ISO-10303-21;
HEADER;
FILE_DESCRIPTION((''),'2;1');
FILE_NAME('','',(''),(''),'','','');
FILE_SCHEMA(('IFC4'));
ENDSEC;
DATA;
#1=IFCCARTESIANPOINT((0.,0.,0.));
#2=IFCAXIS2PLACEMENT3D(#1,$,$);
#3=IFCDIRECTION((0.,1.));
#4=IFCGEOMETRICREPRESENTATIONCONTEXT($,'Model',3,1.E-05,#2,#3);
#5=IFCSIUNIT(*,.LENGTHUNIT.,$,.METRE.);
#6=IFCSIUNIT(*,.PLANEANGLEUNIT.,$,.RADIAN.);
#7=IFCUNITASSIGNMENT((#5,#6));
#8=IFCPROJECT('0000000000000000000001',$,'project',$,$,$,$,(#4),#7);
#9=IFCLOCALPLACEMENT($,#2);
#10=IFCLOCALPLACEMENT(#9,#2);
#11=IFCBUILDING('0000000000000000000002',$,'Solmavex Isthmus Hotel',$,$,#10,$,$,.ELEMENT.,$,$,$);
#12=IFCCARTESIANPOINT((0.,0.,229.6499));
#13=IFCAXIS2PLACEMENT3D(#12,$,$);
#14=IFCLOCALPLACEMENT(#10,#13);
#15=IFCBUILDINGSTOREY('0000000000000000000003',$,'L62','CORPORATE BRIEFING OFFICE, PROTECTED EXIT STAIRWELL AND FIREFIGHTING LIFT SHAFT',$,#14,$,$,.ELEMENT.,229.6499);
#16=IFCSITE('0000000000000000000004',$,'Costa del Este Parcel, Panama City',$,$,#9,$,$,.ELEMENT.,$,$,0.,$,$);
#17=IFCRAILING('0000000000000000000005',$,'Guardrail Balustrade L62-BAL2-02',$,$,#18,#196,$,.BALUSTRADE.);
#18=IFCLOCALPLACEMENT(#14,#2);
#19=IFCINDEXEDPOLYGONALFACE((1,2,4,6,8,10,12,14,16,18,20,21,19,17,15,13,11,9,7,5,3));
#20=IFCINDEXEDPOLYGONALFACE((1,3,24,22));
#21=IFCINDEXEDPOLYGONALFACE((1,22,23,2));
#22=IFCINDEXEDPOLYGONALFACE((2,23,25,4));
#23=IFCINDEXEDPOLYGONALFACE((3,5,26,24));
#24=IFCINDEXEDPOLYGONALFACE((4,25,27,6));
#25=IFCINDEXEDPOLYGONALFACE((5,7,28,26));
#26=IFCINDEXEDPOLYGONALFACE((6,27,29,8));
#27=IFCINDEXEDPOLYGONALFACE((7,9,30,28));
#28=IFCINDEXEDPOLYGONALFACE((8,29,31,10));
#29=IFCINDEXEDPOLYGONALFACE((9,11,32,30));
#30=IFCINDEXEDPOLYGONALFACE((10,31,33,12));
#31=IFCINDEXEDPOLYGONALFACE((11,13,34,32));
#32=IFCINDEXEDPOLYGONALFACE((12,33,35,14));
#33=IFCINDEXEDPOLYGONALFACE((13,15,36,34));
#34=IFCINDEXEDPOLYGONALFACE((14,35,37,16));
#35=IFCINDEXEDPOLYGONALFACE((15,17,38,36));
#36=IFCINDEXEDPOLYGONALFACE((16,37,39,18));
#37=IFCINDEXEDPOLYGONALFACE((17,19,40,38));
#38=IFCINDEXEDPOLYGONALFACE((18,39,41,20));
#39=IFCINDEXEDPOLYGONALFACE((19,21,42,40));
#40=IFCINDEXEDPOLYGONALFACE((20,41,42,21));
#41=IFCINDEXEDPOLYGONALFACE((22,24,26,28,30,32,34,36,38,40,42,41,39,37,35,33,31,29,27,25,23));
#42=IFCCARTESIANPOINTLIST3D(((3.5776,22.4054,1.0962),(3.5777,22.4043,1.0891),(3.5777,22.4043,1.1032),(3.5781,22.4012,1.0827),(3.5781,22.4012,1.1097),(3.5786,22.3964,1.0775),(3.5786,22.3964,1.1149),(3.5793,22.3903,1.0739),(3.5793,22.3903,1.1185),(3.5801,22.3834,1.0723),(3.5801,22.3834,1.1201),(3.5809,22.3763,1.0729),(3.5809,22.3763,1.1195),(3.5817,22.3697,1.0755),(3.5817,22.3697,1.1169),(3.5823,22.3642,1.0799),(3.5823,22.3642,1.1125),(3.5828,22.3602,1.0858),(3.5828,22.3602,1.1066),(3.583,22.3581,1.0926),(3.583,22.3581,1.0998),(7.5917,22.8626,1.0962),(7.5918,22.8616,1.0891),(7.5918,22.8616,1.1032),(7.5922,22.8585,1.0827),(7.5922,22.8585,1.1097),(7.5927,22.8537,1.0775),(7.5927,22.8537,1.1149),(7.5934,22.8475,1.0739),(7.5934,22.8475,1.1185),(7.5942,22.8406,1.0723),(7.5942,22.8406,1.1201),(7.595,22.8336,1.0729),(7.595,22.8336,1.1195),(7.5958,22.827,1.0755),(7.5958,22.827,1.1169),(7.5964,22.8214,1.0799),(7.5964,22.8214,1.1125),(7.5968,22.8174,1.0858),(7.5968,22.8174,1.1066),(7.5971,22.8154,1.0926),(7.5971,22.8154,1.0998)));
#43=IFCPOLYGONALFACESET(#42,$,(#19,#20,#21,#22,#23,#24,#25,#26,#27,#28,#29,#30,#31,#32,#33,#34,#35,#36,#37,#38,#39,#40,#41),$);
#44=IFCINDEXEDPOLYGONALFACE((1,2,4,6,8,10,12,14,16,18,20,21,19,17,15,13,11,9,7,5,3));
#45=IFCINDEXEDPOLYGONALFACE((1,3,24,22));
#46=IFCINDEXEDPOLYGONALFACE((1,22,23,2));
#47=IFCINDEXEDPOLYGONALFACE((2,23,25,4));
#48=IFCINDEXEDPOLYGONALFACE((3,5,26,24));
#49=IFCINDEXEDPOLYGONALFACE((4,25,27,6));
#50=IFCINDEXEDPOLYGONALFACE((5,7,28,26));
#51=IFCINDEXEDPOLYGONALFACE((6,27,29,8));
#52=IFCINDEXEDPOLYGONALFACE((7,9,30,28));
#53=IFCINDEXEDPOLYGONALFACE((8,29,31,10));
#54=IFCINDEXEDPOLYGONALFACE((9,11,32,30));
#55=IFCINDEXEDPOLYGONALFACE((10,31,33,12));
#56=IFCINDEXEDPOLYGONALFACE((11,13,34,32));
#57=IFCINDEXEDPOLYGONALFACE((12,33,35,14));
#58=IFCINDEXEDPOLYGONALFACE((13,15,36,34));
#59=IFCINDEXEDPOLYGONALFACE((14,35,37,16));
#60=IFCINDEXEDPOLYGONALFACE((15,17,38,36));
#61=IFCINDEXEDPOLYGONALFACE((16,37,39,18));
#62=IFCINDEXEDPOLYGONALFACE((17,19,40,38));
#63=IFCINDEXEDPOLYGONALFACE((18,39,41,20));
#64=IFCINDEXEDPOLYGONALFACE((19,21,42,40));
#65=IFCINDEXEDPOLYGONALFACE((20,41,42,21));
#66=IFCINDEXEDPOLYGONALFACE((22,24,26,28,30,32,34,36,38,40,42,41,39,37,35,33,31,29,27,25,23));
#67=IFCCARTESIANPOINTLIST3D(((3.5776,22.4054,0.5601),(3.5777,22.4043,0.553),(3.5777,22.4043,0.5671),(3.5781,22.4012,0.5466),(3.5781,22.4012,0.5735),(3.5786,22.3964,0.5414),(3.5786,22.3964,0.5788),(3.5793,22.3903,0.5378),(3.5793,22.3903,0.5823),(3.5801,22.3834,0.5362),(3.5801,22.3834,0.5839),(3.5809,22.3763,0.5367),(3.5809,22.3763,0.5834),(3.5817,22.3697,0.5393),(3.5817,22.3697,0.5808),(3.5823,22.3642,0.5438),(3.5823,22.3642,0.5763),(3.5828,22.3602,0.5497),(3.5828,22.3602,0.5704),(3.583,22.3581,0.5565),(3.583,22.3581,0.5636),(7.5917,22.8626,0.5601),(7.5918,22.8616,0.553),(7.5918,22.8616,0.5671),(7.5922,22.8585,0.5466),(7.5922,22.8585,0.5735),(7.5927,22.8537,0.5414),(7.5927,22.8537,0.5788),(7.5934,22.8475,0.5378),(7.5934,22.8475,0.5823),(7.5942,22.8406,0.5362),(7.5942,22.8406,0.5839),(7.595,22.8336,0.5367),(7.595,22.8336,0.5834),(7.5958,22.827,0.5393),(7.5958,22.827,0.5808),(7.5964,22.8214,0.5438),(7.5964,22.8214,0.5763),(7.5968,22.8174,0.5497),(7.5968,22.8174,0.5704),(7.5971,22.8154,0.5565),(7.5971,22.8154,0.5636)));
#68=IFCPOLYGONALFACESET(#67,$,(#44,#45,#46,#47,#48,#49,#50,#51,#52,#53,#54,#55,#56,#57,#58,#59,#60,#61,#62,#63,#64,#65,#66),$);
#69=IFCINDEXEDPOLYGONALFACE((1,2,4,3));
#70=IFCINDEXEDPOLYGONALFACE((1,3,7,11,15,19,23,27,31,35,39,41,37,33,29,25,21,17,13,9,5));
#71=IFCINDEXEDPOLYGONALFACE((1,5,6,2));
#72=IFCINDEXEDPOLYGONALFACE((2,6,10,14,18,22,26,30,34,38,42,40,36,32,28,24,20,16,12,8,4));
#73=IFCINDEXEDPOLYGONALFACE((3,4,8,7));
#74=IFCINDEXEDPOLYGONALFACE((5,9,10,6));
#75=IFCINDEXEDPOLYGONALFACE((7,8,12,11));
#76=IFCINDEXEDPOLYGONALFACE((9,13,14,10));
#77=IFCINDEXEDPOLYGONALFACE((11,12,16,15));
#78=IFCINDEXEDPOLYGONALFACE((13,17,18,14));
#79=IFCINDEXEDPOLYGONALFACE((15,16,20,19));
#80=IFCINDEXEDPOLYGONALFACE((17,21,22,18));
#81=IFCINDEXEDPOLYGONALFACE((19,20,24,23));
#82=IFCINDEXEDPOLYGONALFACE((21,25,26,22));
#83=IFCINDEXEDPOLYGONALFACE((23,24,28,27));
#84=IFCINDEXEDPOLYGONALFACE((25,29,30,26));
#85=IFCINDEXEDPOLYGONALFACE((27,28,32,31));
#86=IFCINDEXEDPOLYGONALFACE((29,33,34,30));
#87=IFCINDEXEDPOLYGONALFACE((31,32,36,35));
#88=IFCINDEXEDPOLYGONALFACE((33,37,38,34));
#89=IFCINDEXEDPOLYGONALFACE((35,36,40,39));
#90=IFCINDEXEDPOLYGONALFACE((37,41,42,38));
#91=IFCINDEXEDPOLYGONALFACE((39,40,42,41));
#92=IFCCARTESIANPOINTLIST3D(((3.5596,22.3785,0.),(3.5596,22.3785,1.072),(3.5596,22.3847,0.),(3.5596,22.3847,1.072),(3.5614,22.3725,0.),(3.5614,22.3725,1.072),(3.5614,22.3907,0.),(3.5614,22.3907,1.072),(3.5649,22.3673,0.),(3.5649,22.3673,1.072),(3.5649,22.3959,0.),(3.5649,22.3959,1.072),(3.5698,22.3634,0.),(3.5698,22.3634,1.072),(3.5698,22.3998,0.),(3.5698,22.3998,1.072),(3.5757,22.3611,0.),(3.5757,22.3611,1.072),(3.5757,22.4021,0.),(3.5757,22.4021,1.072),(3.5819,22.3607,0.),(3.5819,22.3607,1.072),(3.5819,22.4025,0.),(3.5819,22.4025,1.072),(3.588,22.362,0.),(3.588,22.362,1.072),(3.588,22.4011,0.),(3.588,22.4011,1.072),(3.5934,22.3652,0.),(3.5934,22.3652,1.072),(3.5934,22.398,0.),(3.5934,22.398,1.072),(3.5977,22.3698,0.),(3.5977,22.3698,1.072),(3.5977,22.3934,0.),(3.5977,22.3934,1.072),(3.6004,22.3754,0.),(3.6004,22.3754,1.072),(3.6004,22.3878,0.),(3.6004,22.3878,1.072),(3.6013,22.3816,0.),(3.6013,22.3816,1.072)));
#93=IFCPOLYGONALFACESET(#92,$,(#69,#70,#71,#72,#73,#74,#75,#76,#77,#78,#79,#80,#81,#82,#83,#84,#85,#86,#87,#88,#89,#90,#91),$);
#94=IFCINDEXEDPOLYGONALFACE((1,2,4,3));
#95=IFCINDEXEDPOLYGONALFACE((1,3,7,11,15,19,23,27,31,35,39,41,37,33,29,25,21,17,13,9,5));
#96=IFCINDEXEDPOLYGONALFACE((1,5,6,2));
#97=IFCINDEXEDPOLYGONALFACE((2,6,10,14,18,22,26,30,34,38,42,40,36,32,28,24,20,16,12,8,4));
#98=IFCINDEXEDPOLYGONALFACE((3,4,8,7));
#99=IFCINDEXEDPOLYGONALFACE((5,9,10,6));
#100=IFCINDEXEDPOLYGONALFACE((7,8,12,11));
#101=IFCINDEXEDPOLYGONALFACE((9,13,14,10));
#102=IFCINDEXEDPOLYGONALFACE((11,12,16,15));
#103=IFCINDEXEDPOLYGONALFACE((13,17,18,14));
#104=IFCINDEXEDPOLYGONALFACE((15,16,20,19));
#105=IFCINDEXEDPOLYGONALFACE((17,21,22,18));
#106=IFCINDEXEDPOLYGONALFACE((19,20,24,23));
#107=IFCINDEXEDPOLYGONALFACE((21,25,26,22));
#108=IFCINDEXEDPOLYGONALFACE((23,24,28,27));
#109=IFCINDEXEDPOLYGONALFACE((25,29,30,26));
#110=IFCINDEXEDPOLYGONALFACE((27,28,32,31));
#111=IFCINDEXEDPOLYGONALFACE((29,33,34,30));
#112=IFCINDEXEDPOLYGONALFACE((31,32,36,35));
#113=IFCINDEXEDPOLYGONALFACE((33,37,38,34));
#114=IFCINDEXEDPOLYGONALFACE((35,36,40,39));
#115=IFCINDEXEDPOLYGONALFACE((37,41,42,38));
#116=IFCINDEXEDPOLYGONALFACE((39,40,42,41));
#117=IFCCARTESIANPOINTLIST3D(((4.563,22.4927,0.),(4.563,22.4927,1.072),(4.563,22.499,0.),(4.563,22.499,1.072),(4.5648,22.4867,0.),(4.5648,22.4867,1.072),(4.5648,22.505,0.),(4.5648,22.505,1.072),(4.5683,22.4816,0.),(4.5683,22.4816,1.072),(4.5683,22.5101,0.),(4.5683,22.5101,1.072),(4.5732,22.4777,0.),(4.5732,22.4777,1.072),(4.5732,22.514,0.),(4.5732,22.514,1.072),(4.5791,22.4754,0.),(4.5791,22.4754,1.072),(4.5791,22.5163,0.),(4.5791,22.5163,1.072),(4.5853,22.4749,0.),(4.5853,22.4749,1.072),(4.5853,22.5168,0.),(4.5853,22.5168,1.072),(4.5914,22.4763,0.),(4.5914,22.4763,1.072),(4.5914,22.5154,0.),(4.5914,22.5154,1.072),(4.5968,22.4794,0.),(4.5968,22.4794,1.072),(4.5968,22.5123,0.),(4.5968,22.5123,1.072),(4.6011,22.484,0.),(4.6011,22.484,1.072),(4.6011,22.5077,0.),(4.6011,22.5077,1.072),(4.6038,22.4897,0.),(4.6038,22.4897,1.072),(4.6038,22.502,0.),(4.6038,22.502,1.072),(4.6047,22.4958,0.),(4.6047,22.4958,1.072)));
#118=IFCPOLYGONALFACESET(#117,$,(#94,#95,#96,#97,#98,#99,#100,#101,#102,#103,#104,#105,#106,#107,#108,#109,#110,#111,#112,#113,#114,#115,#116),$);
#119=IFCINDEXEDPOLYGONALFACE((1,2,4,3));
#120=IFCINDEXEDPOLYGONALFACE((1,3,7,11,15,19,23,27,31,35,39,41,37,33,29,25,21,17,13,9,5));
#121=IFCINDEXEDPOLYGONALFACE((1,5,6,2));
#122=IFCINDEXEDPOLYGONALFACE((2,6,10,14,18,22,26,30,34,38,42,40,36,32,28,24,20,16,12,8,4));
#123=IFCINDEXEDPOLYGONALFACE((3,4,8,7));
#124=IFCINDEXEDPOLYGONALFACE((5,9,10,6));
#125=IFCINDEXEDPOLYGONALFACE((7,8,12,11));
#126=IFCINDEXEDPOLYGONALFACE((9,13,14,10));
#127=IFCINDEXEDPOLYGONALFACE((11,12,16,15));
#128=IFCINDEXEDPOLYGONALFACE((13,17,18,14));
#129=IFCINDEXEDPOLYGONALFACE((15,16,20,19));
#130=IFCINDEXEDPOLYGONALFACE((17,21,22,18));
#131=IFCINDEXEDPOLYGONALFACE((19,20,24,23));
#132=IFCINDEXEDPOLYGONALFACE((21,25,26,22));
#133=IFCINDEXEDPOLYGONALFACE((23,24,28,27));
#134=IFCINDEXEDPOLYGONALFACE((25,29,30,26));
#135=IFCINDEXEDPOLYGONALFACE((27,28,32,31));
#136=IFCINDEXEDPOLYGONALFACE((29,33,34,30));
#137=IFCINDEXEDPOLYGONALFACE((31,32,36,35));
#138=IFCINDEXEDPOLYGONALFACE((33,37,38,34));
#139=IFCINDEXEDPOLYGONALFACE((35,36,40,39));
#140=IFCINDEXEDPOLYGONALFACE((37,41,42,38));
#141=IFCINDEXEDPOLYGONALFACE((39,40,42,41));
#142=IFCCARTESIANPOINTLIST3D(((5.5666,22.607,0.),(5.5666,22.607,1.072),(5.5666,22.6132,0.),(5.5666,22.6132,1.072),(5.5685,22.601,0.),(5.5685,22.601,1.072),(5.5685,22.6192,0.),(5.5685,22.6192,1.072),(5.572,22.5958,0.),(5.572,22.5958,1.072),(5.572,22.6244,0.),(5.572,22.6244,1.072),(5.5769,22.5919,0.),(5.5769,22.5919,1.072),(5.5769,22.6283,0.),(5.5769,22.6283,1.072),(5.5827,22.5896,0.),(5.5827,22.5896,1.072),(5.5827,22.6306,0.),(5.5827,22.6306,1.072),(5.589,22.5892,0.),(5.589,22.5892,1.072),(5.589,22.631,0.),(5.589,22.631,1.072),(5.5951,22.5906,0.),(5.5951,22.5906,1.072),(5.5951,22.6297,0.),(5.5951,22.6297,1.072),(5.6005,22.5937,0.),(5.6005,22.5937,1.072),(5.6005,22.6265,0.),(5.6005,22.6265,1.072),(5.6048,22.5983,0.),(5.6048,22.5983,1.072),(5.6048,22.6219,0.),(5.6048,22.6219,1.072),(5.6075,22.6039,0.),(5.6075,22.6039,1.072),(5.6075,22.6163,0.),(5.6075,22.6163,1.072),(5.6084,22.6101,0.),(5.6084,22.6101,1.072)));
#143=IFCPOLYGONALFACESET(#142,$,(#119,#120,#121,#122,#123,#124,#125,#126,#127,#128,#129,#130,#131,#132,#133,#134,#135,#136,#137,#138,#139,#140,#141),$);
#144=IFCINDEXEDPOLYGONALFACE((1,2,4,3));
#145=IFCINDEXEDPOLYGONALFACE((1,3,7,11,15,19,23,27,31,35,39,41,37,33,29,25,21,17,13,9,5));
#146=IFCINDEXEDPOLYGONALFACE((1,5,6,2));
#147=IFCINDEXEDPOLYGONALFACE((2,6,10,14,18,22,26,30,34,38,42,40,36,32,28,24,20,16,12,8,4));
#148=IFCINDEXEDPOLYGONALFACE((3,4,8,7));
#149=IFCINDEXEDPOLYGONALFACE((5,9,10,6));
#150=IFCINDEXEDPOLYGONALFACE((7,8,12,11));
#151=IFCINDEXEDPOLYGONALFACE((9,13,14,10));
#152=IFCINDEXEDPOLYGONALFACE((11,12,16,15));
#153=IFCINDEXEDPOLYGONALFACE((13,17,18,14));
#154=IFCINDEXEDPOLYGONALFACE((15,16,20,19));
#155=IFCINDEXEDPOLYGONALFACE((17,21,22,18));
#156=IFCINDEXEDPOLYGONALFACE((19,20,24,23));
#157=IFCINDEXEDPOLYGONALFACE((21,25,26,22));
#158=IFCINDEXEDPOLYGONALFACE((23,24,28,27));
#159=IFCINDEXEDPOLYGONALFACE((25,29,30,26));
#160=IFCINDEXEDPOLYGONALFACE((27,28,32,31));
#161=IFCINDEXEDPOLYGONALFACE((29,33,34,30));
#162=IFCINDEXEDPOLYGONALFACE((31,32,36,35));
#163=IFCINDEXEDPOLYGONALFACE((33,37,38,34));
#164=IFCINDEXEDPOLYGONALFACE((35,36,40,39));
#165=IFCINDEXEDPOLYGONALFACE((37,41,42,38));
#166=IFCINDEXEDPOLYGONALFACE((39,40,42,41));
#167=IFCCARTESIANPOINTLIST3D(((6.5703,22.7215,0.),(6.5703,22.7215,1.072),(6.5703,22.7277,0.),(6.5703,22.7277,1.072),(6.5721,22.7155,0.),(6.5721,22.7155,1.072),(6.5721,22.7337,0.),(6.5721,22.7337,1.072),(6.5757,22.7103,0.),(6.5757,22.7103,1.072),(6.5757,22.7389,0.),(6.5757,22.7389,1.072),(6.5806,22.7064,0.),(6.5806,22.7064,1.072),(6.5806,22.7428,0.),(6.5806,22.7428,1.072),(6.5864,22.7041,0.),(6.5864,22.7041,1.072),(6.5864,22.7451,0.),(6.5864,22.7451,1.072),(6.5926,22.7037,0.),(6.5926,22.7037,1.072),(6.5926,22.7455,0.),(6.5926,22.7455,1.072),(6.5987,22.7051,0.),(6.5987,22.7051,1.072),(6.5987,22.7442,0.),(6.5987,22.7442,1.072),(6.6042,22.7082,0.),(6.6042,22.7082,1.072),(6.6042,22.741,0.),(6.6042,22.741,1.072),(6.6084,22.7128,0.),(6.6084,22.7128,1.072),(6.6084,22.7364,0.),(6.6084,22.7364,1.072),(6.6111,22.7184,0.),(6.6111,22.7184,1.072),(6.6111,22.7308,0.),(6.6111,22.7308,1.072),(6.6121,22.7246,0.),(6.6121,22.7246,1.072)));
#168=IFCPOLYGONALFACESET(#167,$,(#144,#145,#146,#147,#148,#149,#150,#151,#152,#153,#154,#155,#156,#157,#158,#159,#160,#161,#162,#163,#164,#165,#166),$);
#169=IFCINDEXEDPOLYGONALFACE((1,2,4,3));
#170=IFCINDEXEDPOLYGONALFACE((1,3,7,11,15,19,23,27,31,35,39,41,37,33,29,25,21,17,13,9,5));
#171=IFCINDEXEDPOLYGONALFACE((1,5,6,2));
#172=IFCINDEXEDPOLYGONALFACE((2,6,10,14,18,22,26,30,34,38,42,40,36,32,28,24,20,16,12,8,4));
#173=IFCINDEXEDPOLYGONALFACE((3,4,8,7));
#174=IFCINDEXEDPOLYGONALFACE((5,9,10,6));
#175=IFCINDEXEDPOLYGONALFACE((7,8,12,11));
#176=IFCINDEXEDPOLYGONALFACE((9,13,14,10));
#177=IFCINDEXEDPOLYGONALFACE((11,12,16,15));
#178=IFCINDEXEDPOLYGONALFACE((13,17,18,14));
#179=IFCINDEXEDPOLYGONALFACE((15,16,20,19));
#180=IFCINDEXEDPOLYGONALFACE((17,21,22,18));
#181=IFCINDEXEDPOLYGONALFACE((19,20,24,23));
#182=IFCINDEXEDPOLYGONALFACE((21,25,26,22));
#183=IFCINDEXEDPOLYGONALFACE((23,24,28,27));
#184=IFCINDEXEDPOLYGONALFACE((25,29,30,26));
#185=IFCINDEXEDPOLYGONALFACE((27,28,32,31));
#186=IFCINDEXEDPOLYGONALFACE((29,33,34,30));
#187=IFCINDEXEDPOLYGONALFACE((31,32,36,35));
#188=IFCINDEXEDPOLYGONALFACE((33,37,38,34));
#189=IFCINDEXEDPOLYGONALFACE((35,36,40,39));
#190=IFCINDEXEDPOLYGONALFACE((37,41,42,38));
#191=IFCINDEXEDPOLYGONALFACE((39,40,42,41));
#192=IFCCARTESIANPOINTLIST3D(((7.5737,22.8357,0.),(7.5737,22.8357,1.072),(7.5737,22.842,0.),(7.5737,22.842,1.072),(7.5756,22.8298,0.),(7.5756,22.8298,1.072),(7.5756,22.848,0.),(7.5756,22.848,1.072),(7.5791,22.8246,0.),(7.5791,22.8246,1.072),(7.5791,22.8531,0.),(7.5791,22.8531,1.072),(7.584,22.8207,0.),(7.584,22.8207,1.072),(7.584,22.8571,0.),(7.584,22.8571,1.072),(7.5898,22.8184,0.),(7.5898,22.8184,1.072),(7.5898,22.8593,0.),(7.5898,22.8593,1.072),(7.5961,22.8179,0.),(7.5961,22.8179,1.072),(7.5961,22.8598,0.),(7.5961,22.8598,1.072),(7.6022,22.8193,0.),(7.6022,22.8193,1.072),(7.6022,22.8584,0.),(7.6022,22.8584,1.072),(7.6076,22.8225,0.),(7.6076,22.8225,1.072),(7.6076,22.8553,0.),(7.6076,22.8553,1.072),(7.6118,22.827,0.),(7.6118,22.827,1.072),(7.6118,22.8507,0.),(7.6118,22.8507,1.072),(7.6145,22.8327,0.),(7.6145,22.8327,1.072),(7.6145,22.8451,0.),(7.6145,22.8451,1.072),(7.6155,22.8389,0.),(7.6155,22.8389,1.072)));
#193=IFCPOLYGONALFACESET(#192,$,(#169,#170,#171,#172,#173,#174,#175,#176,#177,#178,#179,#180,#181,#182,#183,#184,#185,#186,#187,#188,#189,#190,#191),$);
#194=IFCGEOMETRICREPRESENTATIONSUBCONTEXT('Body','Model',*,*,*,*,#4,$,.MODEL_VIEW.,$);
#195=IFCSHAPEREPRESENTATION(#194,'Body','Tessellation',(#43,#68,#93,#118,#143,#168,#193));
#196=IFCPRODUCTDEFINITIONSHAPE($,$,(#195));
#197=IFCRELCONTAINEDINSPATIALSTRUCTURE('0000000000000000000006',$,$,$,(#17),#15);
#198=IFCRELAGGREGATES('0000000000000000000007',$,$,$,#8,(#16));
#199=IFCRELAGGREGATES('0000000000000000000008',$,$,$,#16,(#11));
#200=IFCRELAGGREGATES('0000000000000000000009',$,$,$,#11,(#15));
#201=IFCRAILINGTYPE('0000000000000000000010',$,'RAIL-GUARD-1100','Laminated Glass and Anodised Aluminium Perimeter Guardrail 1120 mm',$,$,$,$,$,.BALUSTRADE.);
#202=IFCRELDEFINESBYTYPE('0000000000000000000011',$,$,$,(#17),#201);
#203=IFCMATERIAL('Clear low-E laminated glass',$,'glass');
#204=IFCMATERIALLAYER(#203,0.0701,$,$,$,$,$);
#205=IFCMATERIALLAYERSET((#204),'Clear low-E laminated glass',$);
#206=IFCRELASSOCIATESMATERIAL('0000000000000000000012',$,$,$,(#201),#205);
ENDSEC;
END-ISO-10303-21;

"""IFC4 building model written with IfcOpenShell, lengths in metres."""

from ifc_helpers import new_model, si_unit, direction, frame, origin, origin_2d, place, context, subcontext, project, spatial, circle, extrude, material, layer, layer_set, type_object, element, save


model = new_model("IFC4")

# Units and contexts
model_context = context("Model", 3, precision=1e-05, world=origin(), true_north=direction((0.0, 1.0)))
body_context = subcontext(model_context, "Body", "Model", "MODEL_VIEW")
ifc_project = project(units=[si_unit("LENGTHUNIT", "METRE"), si_unit("PLANEANGLEUNIT", "RADIAN")], contexts=[model_context])

# Site, building, storey
site_placement = place(None, origin())
site = spatial("IfcSite", under=ifc_project, at=site_placement, Name="Costa del Este Parcel, Panama City", CompositionType="ELEMENT", RefElevation=0.0)
building_placement = place(site_placement, origin())
building = spatial("IfcBuilding", under=site, at=building_placement, Name="Solmavex Isthmus Hotel", CompositionType="ELEMENT")
storey_placement = place(building_placement, frame((0.0, 0.0, 229.6499)))
storey = spatial("IfcBuildingStorey", under=building, at=storey_placement, Name="L62", Description="CORPORATE BRIEFING OFFICE, PROTECTED EXIT STAIRWELL AND FIREFIGHTING LIFT SHAFT", CompositionType="ELEMENT", Elevation=229.6499)

# Shared definitions
ifc_material_1 = material(Name="Clear low-E laminated glass", Category="glass")

# Railing
ifc_layer_1 = layer(ifc_material_1, 0.0701)
ifc_layer_set_1 = layer_set([ifc_layer_1], Name="Clear low-E laminated glass")
railing_type = type_object("IfcRailingType", Name="RAIL-GUARD-1100", Description="Laminated Glass and Anodised Aluminium Perimeter Guardrail 1120 mm", PredefinedType="BALUSTRADE", material=ifc_layer_set_1)
railing_1_placement = place(storey_placement, frame((3.5803, 22.3816, 0.0)))
element("IfcRailing", 1, at=railing_1_placement, inside=storey, type_object=railing_type, Name="Guardrail Balustrade L62-BAL2-02", PredefinedType="BALUSTRADE", context=body_context, shape_type="SweptSolid", body=[
    extrude(circle(Radius=0.0239, at=origin_2d()), frame((0.0, 0.0, 1.0962), z_axis=(0.993574, 0.113184, 0.0), x_axis=(-0.113184, 0.993574, 0.0)), (0.0, 0.0, 1.0), 4.04),
    extrude(circle(Radius=0.0239, at=origin_2d()), frame((0.0, 0.0, 0.5601), z_axis=(0.993574, 0.113184, 0.0), x_axis=(-0.113184, 0.993574, 0.0)), (0.0, 0.0, 1.0), 4.04),
    extrude(circle(Radius=0.021, at=origin_2d()), origin(), (0.0, 0.0, 1.0), 1.072),
    extrude(circle(Radius=0.021, at=origin_2d()), frame((1.0034, 0.1143, 0.0)), (0.0, 0.0, 1.0), 1.072),
    extrude(circle(Radius=0.021, at=origin_2d()), frame((2.0071, 0.2285, 0.0)), (0.0, 0.0, 1.0), 1.072),
    extrude(circle(Radius=0.021, at=origin_2d()), frame((3.0107, 0.343, 0.0)), (0.0, 0.0, 1.0), 1.072),
    extrude(circle(Radius=0.021, at=origin_2d()), frame((4.0142, 0.4573, 0.0)), (0.0, 0.0, 1.0), 1.072),
])

save(model, "model.ifc")
